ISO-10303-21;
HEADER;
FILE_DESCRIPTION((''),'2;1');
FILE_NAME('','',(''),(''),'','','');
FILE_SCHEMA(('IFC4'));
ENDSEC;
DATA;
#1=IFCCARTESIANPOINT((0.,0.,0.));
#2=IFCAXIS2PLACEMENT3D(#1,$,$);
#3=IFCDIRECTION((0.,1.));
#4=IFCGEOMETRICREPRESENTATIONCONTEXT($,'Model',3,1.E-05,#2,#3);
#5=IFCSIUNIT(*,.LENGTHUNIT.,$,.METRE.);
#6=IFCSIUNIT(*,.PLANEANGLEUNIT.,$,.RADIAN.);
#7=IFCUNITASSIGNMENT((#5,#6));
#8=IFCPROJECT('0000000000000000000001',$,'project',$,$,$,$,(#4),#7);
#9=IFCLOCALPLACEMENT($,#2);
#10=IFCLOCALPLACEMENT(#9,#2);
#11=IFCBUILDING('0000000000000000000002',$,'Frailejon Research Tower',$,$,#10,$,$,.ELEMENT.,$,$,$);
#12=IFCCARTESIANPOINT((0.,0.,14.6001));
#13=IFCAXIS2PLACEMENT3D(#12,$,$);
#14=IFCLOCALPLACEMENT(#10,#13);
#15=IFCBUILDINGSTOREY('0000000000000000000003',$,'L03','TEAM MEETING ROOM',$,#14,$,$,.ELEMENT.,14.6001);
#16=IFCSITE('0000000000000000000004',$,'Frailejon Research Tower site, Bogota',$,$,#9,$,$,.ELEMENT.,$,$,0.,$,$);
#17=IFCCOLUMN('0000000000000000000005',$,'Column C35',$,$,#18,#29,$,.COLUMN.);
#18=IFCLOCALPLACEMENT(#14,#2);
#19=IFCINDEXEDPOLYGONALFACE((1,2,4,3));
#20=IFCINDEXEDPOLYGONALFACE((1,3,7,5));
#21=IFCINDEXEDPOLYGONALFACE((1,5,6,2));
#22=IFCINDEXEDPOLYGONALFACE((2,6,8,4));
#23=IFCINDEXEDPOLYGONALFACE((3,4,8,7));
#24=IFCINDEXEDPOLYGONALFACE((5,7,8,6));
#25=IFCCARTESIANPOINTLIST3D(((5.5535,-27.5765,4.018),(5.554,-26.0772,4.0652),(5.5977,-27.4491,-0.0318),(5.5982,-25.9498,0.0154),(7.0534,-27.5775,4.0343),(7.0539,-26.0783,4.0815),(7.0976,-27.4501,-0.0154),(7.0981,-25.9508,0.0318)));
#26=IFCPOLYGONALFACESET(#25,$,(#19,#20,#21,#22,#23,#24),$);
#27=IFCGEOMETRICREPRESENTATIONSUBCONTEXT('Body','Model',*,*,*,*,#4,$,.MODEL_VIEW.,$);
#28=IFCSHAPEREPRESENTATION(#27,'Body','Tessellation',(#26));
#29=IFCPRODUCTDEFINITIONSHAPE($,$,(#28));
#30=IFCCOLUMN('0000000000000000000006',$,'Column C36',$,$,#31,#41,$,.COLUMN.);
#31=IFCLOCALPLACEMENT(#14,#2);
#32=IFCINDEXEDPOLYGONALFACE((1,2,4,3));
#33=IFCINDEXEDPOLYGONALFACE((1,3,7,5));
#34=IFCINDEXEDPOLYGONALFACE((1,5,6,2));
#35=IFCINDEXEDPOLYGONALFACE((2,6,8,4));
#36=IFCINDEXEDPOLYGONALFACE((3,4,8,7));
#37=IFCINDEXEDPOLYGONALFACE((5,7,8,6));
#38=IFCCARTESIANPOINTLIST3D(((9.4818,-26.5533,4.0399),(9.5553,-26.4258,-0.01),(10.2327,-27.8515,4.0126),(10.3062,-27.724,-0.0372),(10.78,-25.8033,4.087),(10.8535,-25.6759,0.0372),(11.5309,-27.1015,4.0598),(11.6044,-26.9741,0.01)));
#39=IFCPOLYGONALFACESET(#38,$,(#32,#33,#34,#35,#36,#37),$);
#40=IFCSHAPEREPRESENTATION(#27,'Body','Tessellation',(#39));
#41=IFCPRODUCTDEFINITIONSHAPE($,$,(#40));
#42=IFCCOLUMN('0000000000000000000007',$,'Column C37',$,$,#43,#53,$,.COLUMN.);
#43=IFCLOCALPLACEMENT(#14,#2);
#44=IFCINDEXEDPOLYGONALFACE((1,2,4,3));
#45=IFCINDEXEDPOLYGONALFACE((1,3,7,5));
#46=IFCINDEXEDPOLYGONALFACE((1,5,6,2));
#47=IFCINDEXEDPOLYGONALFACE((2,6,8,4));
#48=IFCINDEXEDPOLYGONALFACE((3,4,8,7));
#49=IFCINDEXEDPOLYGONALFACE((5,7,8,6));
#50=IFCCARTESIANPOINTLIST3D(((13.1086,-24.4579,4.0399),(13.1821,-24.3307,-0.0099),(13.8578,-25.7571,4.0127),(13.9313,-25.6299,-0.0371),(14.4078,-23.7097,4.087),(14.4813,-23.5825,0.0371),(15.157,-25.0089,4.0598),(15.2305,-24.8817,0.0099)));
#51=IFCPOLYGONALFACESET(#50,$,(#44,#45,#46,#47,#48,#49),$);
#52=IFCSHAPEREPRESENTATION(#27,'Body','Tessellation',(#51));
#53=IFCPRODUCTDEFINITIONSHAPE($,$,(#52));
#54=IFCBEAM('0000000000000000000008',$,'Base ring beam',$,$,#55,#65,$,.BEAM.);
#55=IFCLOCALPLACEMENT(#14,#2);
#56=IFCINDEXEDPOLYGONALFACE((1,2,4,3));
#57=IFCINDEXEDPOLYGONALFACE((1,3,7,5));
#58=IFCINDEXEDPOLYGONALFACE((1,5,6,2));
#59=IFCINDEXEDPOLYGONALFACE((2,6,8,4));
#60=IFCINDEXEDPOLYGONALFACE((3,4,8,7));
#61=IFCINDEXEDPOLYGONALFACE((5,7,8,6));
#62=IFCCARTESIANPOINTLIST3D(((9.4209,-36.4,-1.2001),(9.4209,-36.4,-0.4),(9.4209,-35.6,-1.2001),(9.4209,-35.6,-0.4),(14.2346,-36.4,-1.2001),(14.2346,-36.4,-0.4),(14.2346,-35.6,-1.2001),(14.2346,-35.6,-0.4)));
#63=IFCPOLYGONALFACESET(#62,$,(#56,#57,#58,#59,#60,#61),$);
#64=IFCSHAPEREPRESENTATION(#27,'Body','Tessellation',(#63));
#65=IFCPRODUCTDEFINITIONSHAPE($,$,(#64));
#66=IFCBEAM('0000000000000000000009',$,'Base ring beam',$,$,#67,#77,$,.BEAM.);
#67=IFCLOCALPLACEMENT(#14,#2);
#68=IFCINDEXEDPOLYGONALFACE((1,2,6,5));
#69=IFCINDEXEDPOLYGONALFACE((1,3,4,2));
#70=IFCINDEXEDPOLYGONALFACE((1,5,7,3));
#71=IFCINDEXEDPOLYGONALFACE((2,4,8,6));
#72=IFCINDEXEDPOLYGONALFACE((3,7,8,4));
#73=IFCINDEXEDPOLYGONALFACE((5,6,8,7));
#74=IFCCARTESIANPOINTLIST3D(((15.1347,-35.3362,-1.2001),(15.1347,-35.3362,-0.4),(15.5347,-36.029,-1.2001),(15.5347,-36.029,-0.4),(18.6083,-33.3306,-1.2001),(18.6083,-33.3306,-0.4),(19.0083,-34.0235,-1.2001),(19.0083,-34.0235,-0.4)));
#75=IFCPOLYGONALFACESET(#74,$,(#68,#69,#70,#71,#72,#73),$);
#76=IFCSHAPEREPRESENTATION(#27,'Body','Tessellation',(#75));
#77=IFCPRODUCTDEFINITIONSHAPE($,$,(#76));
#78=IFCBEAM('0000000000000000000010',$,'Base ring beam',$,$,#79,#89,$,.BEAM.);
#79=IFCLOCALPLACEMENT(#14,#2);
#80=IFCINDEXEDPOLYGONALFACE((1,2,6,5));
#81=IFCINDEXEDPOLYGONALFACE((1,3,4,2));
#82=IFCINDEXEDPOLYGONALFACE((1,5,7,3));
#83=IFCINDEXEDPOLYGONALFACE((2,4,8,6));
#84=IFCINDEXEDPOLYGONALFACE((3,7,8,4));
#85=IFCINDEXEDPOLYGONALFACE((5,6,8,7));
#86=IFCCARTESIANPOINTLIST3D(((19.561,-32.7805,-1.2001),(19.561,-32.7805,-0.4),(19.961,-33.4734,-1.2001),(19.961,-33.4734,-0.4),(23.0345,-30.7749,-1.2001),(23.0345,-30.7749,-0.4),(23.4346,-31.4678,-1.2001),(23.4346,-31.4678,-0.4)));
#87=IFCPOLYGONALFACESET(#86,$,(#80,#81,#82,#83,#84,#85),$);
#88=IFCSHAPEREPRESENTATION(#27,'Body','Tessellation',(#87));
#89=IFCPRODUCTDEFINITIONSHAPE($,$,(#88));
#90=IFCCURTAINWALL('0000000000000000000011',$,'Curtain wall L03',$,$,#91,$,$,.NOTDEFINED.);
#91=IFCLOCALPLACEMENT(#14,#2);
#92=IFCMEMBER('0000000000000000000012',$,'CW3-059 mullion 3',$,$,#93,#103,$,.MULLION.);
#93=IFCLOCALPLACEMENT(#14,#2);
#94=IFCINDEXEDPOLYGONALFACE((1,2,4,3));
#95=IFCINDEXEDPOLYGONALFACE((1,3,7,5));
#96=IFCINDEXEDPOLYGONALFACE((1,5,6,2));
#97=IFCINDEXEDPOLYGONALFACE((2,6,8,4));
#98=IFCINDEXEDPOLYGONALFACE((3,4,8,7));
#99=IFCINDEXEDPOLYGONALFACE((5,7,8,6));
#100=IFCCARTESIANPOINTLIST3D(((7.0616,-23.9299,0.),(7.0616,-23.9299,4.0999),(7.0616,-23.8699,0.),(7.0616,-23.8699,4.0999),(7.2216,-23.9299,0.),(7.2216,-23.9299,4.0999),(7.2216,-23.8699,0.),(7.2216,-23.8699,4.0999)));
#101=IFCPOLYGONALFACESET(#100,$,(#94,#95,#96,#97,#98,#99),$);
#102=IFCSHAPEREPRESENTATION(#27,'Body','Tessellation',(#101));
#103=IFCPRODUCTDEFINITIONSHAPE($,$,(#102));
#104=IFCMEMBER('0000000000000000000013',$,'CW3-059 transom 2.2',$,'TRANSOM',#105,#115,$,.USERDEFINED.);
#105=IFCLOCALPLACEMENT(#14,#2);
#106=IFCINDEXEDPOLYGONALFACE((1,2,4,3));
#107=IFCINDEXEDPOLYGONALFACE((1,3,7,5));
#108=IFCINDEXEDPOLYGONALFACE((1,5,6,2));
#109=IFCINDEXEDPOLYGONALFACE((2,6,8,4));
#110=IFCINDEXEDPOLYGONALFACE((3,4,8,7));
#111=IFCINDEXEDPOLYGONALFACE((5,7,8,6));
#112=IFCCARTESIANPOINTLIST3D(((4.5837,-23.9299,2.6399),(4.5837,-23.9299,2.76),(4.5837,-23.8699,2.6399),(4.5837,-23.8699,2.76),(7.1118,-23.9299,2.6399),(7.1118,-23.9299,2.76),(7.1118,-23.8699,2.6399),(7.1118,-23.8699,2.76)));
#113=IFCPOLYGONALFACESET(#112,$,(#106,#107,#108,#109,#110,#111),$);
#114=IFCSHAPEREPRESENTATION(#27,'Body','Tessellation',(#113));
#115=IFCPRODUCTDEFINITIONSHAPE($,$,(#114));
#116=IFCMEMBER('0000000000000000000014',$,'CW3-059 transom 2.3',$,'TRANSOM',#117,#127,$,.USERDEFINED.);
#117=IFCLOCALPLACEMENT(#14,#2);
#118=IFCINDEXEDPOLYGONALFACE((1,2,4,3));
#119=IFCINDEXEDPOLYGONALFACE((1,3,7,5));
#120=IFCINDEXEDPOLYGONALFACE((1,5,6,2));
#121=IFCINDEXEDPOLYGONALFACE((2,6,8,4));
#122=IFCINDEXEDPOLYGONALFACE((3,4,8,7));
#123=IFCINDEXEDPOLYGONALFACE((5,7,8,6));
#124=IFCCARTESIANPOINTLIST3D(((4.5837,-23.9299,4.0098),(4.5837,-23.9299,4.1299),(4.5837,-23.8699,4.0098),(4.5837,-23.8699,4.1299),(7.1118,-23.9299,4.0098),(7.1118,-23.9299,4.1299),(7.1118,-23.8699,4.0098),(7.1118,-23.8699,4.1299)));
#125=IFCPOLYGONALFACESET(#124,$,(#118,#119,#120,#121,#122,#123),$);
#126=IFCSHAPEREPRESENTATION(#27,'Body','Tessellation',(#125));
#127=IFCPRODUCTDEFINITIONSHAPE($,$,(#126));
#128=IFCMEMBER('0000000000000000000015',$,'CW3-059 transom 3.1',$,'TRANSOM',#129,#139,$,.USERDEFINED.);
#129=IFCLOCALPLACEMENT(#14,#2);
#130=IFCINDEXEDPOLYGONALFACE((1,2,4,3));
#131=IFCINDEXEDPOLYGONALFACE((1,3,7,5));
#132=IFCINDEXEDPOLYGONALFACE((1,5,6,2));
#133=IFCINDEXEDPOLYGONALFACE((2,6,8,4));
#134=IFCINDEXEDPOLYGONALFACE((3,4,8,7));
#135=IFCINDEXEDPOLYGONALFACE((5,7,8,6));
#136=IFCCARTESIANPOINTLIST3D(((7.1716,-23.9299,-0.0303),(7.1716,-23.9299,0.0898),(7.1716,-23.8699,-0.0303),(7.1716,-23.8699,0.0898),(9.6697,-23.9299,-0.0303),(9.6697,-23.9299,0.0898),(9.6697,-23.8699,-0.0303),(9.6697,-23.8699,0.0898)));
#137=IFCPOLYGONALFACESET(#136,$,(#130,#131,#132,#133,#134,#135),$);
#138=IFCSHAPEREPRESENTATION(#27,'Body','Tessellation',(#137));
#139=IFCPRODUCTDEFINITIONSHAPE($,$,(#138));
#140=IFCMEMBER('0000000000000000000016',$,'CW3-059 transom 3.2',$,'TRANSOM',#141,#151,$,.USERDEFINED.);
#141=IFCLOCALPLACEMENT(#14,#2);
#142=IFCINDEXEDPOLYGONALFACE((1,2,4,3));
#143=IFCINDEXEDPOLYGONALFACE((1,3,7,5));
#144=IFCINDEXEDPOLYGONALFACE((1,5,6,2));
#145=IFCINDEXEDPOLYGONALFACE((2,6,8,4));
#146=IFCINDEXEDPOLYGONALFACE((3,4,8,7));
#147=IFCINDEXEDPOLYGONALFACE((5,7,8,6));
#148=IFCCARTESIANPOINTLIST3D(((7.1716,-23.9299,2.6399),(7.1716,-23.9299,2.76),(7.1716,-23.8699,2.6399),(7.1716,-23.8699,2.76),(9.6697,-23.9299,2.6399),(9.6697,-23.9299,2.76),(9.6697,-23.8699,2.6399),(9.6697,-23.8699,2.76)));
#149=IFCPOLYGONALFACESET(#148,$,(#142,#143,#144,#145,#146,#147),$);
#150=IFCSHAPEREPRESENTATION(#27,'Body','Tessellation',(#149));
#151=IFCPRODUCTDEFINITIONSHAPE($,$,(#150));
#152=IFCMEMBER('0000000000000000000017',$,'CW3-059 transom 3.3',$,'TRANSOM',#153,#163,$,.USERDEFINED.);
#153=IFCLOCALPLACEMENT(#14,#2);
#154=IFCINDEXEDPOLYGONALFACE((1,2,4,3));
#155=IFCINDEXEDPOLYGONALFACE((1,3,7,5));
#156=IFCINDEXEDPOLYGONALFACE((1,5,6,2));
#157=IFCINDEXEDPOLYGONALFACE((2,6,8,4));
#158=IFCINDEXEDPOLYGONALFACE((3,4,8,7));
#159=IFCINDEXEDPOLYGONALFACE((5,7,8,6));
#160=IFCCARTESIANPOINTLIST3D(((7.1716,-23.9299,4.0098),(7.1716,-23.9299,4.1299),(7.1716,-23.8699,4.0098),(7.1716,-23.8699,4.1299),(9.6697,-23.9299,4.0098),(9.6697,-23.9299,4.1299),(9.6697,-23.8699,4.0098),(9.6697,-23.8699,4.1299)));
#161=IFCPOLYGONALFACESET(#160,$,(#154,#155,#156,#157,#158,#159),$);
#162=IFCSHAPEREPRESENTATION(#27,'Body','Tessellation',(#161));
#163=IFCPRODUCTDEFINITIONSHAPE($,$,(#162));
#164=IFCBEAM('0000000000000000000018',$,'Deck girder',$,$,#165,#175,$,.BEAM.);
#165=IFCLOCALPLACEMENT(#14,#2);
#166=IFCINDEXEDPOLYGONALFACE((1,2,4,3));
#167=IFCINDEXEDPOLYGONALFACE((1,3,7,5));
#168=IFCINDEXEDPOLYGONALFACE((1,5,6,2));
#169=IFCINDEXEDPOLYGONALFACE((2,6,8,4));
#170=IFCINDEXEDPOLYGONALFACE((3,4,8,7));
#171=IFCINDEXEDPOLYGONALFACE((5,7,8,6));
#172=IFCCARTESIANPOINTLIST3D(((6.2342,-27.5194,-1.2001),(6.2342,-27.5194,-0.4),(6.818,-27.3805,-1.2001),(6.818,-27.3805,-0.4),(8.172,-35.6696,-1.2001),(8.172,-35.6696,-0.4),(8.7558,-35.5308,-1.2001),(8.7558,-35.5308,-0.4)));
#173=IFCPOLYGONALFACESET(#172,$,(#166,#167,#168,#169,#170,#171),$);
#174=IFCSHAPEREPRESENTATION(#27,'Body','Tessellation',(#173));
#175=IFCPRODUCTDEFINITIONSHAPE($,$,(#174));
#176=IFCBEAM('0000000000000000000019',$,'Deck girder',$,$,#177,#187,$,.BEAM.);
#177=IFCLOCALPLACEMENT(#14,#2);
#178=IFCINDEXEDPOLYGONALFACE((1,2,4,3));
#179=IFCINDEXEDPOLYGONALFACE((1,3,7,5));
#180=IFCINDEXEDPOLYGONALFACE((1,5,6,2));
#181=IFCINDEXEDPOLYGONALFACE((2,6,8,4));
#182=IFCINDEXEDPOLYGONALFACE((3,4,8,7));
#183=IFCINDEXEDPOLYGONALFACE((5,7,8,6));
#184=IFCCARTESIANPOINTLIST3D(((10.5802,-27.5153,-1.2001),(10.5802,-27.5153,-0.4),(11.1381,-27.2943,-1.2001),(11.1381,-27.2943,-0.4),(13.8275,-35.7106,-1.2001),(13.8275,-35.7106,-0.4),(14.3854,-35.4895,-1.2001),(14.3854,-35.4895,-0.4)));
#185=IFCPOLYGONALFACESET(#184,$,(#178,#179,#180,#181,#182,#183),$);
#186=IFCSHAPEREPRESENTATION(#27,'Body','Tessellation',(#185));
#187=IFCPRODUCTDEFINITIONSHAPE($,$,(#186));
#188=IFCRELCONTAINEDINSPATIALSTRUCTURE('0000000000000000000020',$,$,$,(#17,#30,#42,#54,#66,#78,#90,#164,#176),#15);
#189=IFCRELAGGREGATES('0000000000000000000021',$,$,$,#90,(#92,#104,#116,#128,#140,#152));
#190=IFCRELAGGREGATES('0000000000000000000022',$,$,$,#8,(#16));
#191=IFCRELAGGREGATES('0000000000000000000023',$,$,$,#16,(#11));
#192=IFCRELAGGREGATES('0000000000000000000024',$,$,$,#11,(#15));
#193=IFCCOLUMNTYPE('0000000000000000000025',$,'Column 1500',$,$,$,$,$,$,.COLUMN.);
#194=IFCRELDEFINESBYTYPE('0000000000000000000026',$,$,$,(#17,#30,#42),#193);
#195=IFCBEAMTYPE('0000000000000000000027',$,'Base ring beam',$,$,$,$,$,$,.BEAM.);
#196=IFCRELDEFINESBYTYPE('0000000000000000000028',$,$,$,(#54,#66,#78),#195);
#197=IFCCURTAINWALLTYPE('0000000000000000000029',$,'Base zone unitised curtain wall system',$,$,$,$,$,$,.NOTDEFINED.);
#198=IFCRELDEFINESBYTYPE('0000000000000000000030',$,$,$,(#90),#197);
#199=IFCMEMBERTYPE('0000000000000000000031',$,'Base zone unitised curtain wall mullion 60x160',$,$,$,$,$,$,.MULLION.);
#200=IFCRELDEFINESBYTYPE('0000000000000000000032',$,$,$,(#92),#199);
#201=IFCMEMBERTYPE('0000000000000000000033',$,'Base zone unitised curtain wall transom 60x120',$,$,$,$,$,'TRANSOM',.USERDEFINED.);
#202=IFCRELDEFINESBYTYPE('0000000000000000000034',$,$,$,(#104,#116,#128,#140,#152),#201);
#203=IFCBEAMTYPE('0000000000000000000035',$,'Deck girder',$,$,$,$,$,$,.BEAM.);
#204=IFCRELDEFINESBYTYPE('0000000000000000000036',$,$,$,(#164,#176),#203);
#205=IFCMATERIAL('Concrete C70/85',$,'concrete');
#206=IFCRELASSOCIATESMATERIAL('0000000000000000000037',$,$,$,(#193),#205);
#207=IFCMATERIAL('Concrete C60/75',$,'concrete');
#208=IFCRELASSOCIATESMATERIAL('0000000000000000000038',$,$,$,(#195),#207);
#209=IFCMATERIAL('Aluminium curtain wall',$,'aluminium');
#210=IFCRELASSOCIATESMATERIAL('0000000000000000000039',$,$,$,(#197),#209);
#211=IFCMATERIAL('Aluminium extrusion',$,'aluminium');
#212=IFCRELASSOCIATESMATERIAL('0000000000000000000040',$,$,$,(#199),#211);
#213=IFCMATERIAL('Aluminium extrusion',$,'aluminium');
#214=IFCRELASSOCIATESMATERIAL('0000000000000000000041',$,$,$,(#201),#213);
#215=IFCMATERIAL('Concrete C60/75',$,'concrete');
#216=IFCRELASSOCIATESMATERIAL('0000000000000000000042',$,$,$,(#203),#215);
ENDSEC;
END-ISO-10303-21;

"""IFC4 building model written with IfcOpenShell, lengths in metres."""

from ifc_helpers import new_model, si_unit, direction, frame, origin, origin_2d, place, context, subcontext, project, spatial, rectangle, extrude, material, material_profile, profile_set, type_object, element, aggregate, save


model = new_model("IFC4")

# Units and contexts
model_context = context("Model", 3, precision=1e-05, world=origin(), true_north=direction((0.0, 1.0)))
body_context = subcontext(model_context, "Body", "Model", "MODEL_VIEW")
ifc_project = project(units=[si_unit("LENGTHUNIT", "METRE"), si_unit("PLANEANGLEUNIT", "RADIAN")], contexts=[model_context])

# Site, building, storey
site_placement = place(None, origin())
site = spatial("IfcSite", under=ifc_project, at=site_placement, Name="Frailejon Research Tower site, Bogota", CompositionType="ELEMENT", RefElevation=0.0)
building_placement = place(site_placement, origin())
building = spatial("IfcBuilding", under=site, at=building_placement, Name="Frailejon Research Tower", CompositionType="ELEMENT")
storey_placement = place(building_placement, frame((0.0, 0.0, 14.6001)))
storey = spatial("IfcBuildingStorey", under=building, at=storey_placement, Name="L03", Description="TEAM MEETING ROOM", CompositionType="ELEMENT", Elevation=14.6001)

# Columns
ifc_material_1 = material(Name="Concrete C70/85", Category="concrete")
ifc_material_profile_1 = material_profile(ifc_material_1, rectangle(XDim=1.5, YDim=1.5, at=origin_2d()), Name="Column 1500")
ifc_profile_set_1 = profile_set([ifc_material_profile_1], Name="Concrete C70/85")
column_type = type_object("IfcColumnType", Name="Column 1500", PredefinedType="COLUMN", material=ifc_profile_set_1)
column_placement = place(storey_placement, frame((6.3479, -26.7, 0.0), z_axis=(-0.010905, -0.031451, 0.999446), x_axis=(0.99994, -0.000694, 0.010889)))
element("IfcColumn", 1, at=column_placement, inside=storey, type_object=column_type, Name="Column C35", PredefinedType="COLUMN", context=body_context, shape_type="SweptSolid", body=[
    extrude(rectangle(XDim=1.5, YDim=1.5, at=origin_2d()), origin(), (0.0, 0.0, 1.0), 4.052),
])
for number, where, z_axis, x_axis, name in (
    (2, (10.5798, -26.7, 0.0), (-0.018134, -0.031448, 0.999341), (0.865469, 0.499974, 0.031438), "Column C36"),
    (3, (14.2063, -24.6062, 0.0), (-0.018134, -0.031388, 0.999343), (0.866156, 0.498787, 0.031383), "Column C37"),
):
    element("IfcColumn", number, at=place(storey_placement, frame(where, z_axis=z_axis, x_axis=x_axis)), inside=storey, type_object=column_type, Name=name, PredefinedType="COLUMN", context=body_context, shape_type="SweptSolid", body=[
        extrude(rectangle(XDim=1.5, YDim=1.5, at=origin_2d()), origin(), (0.0, 0.0, 1.0), 4.0525),
    ])

# Beams
ifc_material_2 = material(Name="Concrete C60/75", Category="concrete")
ifc_material_profile_2 = material_profile(ifc_material_2, rectangle(XDim=0.8, YDim=0.8, at=origin_2d()), Name="Base ring beam")
ifc_profile_set_2 = profile_set([ifc_material_profile_2], Name="Concrete C60/75")
beam_type_1 = type_object("IfcBeamType", Name="Base ring beam", PredefinedType="BEAM", material=ifc_profile_set_2)
beam_1_placement = place(storey_placement, frame((9.4209, -36.0, -0.8), z_axis=(1.0, 0.0, 0.0), x_axis=(0.0, 1.0, 0.0)))
element("IfcBeam", 4, at=beam_1_placement, inside=storey, type_object=beam_type_1, Name="Base ring beam", PredefinedType="BEAM", context=body_context, shape_type="SweptSolid", body=[
    extrude(rectangle(XDim=0.8, YDim=0.8, at=origin_2d()), origin(), (0.0, 0.0, 1.0), 4.8137),
])
for number, where, z_axis, x_axis, name in (
    (5, (15.3347, -35.6826, -0.8), (0.866013, 0.500021, 0.0), (-0.500021, 0.866013, 0.0), "Base ring beam"),
    (6, (19.761, -33.127, -0.8), (0.866013, 0.500021, 0.0), (-0.500021, 0.866013, 0.0), "Base ring beam"),
):
    element("IfcBeam", number, at=place(storey_placement, frame(where, z_axis=z_axis, x_axis=x_axis)), inside=storey, type_object=beam_type_1, Name=name, PredefinedType="BEAM", context=body_context, shape_type="SweptSolid", body=[
        extrude(rectangle(XDim=0.8, YDim=0.8, at=origin_2d()), origin(), (0.0, 0.0, 1.0), 4.011),
    ])

# Curtain wall, members
ifc_material_3 = material(Name="Aluminium curtain wall", Category="aluminium")
curtain_wall_type = type_object("IfcCurtainWallType", Name="Base zone unitised curtain wall system", PredefinedType="NOTDEFINED", material=ifc_material_3)
curtain_wall_placement = place(storey_placement, origin())
curtain_wall = element("IfcCurtainWall", 7, at=curtain_wall_placement, inside=storey, type_object=curtain_wall_type, Name="Curtain wall L03", PredefinedType="NOTDEFINED")
ifc_material_4 = material(Name="Aluminium extrusion", Category="aluminium")
ifc_material_profile_3 = material_profile(ifc_material_4, rectangle(XDim=0.0601, YDim=0.1599, at=origin_2d()), Name="Base zone unitised curtain wall mullion 60x160")
ifc_profile_set_3 = profile_set([ifc_material_profile_3], Name="Aluminium extrusion")
member_type_1 = type_object("IfcMemberType", Name="Base zone unitised curtain wall mullion 60x160", PredefinedType="MULLION", material=ifc_profile_set_3)
member_1_placement = place(storey_placement, frame((7.1416, -23.8999, 0.0), z_axis=(0.0, 0.0, 1.0), x_axis=(0.0, 1.0, 0.0)))
member_1 = element("IfcMember", 8, at=member_1_placement, type_object=member_type_1, Name="CW3-059 mullion 3", PredefinedType="MULLION", context=body_context, shape_type="SweptSolid", body=[
    extrude(rectangle(XDim=0.0601, YDim=0.1599, at=origin_2d()), origin(), (0.0, 0.0, 1.0), 4.0999),
])
ifc_material_5 = material(Name="Aluminium extrusion", Category="aluminium")
ifc_material_profile_4 = material_profile(ifc_material_5, rectangle(XDim=0.0601, YDim=0.1201, at=origin_2d()), Name="Base zone unitised curtain wall transom 60x120")
ifc_profile_set_4 = profile_set([ifc_material_profile_4], Name="Aluminium extrusion")
member_type_2 = type_object("IfcMemberType", Name="Base zone unitised curtain wall transom 60x120", ElementType="TRANSOM", PredefinedType="USERDEFINED", material=ifc_profile_set_4)
member_2_placement = place(storey_placement, frame((4.5837, -23.8999, 2.7), z_axis=(1.0, 0.0, 0.0), x_axis=(0.0, 1.0, 0.0)))
member_2 = element("IfcMember", 9, at=member_2_placement, type_object=member_type_2, Name="CW3-059 transom 2.2", ObjectType="TRANSOM", PredefinedType="USERDEFINED", context=body_context, shape_type="SweptSolid", body=[
    extrude(rectangle(XDim=0.0601, YDim=0.1201, at=origin_2d()), origin(), (0.0, 0.0, 1.0), 2.5281),
])
member_3_placement = place(storey_placement, frame((4.5837, -23.8999, 4.0698), z_axis=(1.0, 0.0, 0.0), x_axis=(0.0, 1.0, 0.0)))
member_3 = element("IfcMember", 10, at=member_3_placement, type_object=member_type_2, Name="CW3-059 transom 2.3", ObjectType="TRANSOM", PredefinedType="USERDEFINED", context=body_context, shape_type="SweptSolid", body=[
    extrude(rectangle(XDim=0.0601, YDim=0.1201, at=origin_2d()), origin(), (0.0, 0.0, 1.0), 2.5281),
])
member_4_placement = place(storey_placement, frame((7.1716, -23.8999, 0.0298), z_axis=(1.0, 0.0, 0.0), x_axis=(0.0, 1.0, 0.0)))
member_4 = element("IfcMember", 11, at=member_4_placement, type_object=member_type_2, Name="CW3-059 transom 3.1", ObjectType="TRANSOM", PredefinedType="USERDEFINED", context=body_context, shape_type="SweptSolid", body=[
    extrude(rectangle(XDim=0.0601, YDim=0.1201, at=origin_2d()), origin(), (0.0, 0.0, 1.0), 2.498),
])
member_5_placement = place(storey_placement, frame((7.1716, -23.8999, 2.7), z_axis=(1.0, 0.0, 0.0), x_axis=(0.0, 1.0, 0.0)))
member_5 = element("IfcMember", 12, at=member_5_placement, type_object=member_type_2, Name="CW3-059 transom 3.2", ObjectType="TRANSOM", PredefinedType="USERDEFINED", context=body_context, shape_type="SweptSolid", body=[
    extrude(rectangle(XDim=0.0601, YDim=0.1201, at=origin_2d()), origin(), (0.0, 0.0, 1.0), 2.498),
])
member_6_placement = place(storey_placement, frame((7.1716, -23.8999, 4.0698), z_axis=(1.0, 0.0, 0.0), x_axis=(0.0, 1.0, 0.0)))
member_6 = element("IfcMember", 13, at=member_6_placement, type_object=member_type_2, Name="CW3-059 transom 3.3", ObjectType="TRANSOM", PredefinedType="USERDEFINED", context=body_context, shape_type="SweptSolid", body=[
    extrude(rectangle(XDim=0.0601, YDim=0.1201, at=origin_2d()), origin(), (0.0, 0.0, 1.0), 2.498),
])

# Beams
ifc_material_6 = material(Name="Concrete C60/75", Category="concrete")
ifc_material_profile_5 = material_profile(ifc_material_6, rectangle(XDim=0.6001, YDim=0.8, at=origin_2d()), Name="Deck girder")
ifc_profile_set_5 = profile_set([ifc_material_profile_5], Name="Concrete C60/75")
beam_type_2 = type_object("IfcBeamType", Name="Deck girder", PredefinedType="BEAM", material=ifc_profile_set_5)
beam_2_placement = place(storey_placement, frame((6.5261, -27.45, -0.8), z_axis=(0.231308, -0.972881, 0.0), x_axis=(0.972881, 0.231308, 0.0)))
element("IfcBeam", 14, at=beam_2_placement, inside=storey, type_object=beam_type_2, Name="Deck girder", PredefinedType="BEAM", context=body_context, shape_type="SweptSolid", body=[
    extrude(rectangle(XDim=0.6001, YDim=0.8, at=origin_2d()), origin(), (0.0, 0.0, 1.0), 8.3774),
])
beam_3_placement = place(storey_placement, frame((10.8591, -27.4048, -0.8), z_axis=(0.368376, -0.929677, 0.0), x_axis=(0.929677, 0.368376, 0.0)))
element("IfcBeam", 15, at=beam_3_placement, inside=storey, type_object=beam_type_2, Name="Deck girder", PredefinedType="BEAM", context=body_context, shape_type="SweptSolid", body=[
    extrude(rectangle(XDim=0.6001, YDim=0.8, at=origin_2d()), origin(), (0.0, 0.0, 1.0), 8.8152),
])

aggregate(curtain_wall, [member_1, member_2, member_3, member_4, member_5, member_6])

save(model, "model.ifc")
